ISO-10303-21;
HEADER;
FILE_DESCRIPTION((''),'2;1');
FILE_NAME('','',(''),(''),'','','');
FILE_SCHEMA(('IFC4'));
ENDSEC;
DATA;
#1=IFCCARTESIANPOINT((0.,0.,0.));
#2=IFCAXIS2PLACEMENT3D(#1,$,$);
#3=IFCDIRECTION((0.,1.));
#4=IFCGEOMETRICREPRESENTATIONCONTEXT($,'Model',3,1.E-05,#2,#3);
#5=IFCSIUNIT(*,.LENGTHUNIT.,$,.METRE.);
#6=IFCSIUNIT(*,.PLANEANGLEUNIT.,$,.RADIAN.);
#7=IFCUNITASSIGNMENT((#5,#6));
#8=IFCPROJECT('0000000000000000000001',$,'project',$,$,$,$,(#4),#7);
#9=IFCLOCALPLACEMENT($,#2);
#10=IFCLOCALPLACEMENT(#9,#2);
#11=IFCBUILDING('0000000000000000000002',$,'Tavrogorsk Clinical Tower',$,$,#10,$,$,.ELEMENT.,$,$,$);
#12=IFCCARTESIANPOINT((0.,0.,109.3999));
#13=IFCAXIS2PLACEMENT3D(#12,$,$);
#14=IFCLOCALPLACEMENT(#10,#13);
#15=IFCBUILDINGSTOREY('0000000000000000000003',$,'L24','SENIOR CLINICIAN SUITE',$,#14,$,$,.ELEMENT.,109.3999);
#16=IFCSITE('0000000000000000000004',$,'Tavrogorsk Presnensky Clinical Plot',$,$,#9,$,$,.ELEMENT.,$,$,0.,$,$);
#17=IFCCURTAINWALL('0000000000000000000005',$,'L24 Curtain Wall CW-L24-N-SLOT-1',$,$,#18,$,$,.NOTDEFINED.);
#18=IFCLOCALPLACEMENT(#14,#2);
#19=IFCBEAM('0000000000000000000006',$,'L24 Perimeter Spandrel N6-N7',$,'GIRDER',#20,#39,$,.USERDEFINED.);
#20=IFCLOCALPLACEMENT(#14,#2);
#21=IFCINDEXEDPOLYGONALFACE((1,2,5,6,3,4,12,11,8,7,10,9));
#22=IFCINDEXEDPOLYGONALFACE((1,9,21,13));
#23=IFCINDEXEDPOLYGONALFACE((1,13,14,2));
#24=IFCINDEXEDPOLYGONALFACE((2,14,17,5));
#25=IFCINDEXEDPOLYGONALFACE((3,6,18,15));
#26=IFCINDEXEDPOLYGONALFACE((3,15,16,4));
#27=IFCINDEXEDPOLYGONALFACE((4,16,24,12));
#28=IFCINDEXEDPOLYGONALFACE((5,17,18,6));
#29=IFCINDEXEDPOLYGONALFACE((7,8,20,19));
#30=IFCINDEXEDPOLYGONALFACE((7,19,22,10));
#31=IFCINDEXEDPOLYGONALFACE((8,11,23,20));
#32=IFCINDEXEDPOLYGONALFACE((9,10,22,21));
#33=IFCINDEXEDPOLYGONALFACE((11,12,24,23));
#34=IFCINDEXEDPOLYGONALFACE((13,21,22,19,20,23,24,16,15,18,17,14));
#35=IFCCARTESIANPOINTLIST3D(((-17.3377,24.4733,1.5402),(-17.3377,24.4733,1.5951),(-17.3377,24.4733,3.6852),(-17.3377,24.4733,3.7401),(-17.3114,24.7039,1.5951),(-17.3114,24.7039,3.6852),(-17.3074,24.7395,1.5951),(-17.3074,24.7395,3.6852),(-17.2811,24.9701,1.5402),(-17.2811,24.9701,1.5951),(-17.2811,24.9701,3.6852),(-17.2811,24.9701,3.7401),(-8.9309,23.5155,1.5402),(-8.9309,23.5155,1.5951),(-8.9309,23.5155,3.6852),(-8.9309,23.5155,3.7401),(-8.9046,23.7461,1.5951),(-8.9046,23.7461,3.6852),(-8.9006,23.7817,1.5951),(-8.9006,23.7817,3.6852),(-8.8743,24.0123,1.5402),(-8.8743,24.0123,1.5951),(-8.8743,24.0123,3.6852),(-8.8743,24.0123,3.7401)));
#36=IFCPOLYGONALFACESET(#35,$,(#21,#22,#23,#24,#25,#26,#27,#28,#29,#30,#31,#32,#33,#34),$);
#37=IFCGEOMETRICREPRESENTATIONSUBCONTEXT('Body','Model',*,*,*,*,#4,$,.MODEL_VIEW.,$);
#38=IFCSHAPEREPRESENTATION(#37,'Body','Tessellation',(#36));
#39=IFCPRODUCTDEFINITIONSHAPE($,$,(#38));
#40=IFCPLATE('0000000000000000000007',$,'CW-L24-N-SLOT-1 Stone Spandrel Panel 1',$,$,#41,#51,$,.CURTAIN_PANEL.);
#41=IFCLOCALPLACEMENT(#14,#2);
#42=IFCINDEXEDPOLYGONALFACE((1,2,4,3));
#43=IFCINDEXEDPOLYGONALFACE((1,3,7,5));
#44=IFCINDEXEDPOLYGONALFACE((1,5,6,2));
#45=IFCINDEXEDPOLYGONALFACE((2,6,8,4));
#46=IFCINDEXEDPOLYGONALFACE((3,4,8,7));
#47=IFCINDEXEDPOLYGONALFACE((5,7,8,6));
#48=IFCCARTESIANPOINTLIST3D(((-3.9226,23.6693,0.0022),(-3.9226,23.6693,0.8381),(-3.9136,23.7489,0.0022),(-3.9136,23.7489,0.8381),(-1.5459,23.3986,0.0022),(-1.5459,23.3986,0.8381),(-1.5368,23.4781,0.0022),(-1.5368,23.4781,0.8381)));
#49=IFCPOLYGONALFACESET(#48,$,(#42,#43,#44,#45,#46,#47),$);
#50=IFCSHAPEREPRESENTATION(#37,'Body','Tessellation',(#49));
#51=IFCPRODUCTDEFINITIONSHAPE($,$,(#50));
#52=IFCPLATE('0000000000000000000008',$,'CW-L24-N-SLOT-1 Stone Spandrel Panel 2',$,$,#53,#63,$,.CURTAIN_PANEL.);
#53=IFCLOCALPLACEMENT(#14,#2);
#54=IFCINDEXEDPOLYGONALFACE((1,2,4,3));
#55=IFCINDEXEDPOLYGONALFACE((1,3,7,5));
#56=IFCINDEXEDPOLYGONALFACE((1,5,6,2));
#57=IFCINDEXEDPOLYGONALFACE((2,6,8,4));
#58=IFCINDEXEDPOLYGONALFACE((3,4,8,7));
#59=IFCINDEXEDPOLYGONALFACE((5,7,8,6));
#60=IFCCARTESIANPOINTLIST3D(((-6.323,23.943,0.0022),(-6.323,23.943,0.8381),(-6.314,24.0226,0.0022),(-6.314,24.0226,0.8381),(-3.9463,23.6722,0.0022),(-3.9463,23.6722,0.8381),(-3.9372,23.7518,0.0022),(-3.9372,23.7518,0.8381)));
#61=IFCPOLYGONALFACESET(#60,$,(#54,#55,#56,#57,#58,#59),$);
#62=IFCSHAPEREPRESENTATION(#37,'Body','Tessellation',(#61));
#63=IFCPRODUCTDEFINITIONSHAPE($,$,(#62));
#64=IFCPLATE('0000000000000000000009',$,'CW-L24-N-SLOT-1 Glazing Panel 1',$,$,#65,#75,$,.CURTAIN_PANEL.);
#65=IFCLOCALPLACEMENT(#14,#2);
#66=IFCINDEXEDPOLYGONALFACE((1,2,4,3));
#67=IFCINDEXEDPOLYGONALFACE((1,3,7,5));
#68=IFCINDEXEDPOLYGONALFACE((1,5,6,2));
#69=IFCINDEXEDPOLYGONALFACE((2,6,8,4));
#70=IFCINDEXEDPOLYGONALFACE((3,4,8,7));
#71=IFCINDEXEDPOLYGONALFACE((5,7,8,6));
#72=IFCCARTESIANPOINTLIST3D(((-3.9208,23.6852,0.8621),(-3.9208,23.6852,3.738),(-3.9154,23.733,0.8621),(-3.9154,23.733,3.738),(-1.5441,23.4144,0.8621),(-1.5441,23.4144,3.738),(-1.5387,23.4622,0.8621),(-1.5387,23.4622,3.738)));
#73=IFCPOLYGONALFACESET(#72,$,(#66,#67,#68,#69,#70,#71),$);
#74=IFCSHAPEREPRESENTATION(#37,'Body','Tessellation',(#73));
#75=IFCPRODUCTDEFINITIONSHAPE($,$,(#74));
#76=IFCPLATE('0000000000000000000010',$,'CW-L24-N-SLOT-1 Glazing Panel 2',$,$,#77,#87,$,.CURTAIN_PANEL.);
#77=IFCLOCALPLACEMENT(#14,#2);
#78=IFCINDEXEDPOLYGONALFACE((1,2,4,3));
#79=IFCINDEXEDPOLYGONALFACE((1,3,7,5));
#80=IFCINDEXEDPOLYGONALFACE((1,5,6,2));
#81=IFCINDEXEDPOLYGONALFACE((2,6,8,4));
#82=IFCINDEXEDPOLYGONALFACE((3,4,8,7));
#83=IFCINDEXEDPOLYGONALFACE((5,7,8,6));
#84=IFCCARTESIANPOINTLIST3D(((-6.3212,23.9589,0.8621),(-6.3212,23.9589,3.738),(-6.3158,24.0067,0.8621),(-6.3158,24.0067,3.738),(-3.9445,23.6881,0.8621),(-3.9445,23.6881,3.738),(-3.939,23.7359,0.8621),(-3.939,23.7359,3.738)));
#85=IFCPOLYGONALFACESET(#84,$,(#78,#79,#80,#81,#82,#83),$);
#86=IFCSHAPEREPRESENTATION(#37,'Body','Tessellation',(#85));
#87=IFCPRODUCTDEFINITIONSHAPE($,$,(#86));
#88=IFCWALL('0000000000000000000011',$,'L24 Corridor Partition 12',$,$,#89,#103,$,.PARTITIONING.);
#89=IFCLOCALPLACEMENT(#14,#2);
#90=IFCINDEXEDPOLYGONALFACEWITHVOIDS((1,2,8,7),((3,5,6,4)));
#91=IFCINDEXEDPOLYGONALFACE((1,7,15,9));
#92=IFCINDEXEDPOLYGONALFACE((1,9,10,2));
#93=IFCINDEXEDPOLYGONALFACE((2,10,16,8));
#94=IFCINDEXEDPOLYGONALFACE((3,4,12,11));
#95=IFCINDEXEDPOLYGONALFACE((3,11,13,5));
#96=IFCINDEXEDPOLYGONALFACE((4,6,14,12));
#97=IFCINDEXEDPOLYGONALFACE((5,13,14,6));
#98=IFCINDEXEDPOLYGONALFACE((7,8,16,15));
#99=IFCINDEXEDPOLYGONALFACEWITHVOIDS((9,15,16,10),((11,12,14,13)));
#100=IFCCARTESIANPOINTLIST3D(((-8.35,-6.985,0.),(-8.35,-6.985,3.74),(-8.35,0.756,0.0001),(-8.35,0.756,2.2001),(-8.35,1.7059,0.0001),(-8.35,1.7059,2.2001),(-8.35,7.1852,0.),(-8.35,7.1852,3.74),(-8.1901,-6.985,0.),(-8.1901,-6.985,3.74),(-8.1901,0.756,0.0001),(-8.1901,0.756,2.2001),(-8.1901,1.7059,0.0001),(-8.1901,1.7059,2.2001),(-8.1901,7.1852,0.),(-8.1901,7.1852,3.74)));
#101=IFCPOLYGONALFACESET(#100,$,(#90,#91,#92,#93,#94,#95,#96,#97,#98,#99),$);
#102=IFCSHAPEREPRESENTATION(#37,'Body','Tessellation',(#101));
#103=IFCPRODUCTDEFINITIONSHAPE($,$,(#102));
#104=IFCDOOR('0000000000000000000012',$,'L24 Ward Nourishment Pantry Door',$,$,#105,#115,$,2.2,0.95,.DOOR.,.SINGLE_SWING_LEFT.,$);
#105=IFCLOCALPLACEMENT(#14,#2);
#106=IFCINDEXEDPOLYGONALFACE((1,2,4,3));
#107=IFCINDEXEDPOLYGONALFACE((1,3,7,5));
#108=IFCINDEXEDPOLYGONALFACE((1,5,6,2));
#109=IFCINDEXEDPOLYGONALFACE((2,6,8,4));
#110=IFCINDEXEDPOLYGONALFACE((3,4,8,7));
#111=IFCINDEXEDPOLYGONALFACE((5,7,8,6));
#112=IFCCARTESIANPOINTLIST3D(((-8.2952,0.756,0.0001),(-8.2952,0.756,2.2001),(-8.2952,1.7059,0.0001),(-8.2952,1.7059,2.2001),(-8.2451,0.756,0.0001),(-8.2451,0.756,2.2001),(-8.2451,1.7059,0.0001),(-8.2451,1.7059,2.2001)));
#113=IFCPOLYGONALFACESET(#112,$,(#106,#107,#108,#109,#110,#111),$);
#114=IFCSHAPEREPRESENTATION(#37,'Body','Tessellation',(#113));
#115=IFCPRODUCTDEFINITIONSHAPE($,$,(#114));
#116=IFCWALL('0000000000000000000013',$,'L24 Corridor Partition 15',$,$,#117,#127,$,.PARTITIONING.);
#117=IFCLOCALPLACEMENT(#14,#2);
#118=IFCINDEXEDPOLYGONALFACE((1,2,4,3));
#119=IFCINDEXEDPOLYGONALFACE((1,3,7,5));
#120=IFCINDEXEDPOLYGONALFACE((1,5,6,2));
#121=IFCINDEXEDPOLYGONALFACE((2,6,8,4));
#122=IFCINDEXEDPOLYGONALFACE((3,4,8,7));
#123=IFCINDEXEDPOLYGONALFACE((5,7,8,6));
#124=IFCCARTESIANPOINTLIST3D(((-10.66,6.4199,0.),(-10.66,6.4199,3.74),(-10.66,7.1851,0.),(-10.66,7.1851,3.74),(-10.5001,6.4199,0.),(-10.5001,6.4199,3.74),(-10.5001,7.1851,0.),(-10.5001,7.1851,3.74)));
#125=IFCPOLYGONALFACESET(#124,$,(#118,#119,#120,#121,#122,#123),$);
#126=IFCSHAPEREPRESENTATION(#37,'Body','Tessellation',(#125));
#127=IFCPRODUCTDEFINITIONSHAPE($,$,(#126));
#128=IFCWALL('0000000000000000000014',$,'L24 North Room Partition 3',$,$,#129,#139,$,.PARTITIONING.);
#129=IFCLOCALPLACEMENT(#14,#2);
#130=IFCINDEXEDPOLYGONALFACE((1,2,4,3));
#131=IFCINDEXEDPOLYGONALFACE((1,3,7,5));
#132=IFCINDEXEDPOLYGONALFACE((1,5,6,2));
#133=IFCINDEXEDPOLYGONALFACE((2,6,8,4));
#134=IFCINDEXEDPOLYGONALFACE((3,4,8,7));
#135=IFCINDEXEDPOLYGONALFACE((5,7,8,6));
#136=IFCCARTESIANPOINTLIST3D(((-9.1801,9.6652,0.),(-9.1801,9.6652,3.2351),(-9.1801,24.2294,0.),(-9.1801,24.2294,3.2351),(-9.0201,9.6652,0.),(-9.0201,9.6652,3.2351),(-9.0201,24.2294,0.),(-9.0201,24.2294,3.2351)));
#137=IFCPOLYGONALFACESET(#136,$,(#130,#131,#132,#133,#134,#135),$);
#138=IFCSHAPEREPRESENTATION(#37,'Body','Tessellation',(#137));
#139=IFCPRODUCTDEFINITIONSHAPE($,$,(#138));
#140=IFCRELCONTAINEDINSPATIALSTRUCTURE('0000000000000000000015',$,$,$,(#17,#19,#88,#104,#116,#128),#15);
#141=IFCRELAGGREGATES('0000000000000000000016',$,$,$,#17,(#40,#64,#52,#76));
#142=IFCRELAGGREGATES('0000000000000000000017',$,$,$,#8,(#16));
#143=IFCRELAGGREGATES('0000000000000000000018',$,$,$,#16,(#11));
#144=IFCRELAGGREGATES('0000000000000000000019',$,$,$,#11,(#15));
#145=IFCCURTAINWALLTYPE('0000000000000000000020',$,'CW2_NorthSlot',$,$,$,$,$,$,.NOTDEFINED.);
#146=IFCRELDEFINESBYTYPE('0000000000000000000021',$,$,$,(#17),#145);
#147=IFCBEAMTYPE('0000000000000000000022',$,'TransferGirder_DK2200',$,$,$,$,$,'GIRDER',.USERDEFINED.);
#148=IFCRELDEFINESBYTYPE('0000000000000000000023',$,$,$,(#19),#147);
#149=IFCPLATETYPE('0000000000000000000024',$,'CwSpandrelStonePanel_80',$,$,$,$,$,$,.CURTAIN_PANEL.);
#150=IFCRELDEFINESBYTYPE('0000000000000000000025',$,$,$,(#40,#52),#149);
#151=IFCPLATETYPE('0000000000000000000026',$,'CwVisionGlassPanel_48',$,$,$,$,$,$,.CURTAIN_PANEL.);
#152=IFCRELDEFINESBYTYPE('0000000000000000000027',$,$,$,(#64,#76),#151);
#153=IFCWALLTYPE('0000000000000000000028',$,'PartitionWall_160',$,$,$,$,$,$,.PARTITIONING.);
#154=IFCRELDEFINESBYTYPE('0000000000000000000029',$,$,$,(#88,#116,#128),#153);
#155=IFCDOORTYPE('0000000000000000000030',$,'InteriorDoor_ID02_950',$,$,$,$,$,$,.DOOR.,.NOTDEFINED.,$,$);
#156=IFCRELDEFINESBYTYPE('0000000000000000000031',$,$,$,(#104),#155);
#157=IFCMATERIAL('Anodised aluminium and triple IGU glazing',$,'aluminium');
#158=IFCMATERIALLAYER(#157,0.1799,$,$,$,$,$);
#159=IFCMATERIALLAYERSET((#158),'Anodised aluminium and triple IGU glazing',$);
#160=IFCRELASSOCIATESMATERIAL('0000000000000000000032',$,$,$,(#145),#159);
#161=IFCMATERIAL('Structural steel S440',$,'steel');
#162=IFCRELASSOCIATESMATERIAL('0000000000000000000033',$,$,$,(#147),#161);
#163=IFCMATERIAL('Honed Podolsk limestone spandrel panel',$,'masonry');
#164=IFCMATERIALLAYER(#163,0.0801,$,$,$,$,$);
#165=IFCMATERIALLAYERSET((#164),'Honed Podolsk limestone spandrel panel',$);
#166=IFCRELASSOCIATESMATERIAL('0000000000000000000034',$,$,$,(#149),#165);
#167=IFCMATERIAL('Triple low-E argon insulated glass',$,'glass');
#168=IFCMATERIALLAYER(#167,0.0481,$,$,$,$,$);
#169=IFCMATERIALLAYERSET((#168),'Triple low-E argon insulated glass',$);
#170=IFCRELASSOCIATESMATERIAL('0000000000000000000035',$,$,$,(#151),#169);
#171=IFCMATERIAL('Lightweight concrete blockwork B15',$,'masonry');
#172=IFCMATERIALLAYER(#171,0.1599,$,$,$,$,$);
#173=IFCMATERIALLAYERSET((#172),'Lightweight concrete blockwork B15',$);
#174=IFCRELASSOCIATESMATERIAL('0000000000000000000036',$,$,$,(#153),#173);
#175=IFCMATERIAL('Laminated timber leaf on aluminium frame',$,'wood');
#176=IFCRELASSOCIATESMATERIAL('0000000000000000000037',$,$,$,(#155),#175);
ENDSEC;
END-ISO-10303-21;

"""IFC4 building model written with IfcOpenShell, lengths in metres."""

from ifc_helpers import new_model, si_unit, direction, frame, frame_2d, origin, origin_2d, place, context, subcontext, project, spatial, rectangle, i_section, extrude, material, layer, layer_set, material_profile, profile_set, type_object, element, fill, aggregate, save


model = new_model("IFC4")

# Units and contexts
model_context = context("Model", 3, precision=1e-05, world=origin(), true_north=direction((0.0, 1.0)))
body_context = subcontext(model_context, "Body", "Model", "MODEL_VIEW")
ifc_project = project(units=[si_unit("LENGTHUNIT", "METRE"), si_unit("PLANEANGLEUNIT", "RADIAN")], contexts=[model_context])

# Site, building, storey
site_placement = place(None, origin())
site = spatial("IfcSite", under=ifc_project, at=site_placement, Name="Tavrogorsk Presnensky Clinical Plot", CompositionType="ELEMENT", RefElevation=0.0)
building_placement = place(site_placement, origin())
building = spatial("IfcBuilding", under=site, at=building_placement, Name="Tavrogorsk Clinical Tower", CompositionType="ELEMENT")
storey_placement = place(building_placement, frame((0.0, 0.0, 109.3999)))
storey = spatial("IfcBuildingStorey", under=building, at=storey_placement, Name="L24", Description="SENIOR CLINICIAN SUITE", CompositionType="ELEMENT", Elevation=109.3999)

# Curtain wall
ifc_material_1 = material(Name="Anodised aluminium and triple IGU glazing", Category="aluminium")
ifc_layer_1 = layer(ifc_material_1, 0.1799)
ifc_layer_set_1 = layer_set([ifc_layer_1], Name="Anodised aluminium and triple IGU glazing")
curtain_wall_type = type_object("IfcCurtainWallType", Name="CW2_NorthSlot", PredefinedType="NOTDEFINED", material=ifc_layer_set_1)
curtain_wall_placement = place(storey_placement, origin())
curtain_wall = element("IfcCurtainWall", 1, at=curtain_wall_placement, inside=storey, type_object=curtain_wall_type, Name="L24 Curtain Wall CW-L24-N-SLOT-1", PredefinedType="NOTDEFINED")

# Beam
ifc_material_2 = material(Name="Structural steel S440", Category="steel")
ifc_material_profile_1 = material_profile(ifc_material_2, i_section(OverallWidth=0.5, OverallDepth=2.2, WebThickness=0.0359, FlangeThickness=0.0549, at=origin_2d()), Name="DK-2200x500x36x55")
ifc_profile_set_1 = profile_set([ifc_material_profile_1], Name="Structural steel S440")
beam_type_1 = type_object("IfcBeamType", Name="TransferGirder_DK2200", ElementType="GIRDER", PredefinedType="USERDEFINED", material=ifc_profile_set_1)
beam_1_placement = place(storey_placement, frame((-8.9026, 23.7639, 2.6401), z_axis=(-0.993573, 0.113196, 0.0), x_axis=(-0.113196, -0.993573, 0.0)))
element("IfcBeam", 2, at=beam_1_placement, inside=storey, type_object=beam_type_1, Name="L24 Perimeter Spandrel N6-N7", ObjectType="GIRDER", PredefinedType="USERDEFINED", context=body_context, shape_type="SweptSolid", body=[
    extrude(i_section(OverallWidth=0.5, OverallDepth=2.2, WebThickness=0.0359, FlangeThickness=0.0549, at=origin_2d()), origin(), (0.0, 0.0, 1.0), 8.4612),
])

# Plates
ifc_material_3 = material(Name="Honed Podolsk limestone spandrel panel", Category="masonry")
ifc_layer_2 = layer(ifc_material_3, 0.0801)
ifc_layer_set_2 = layer_set([ifc_layer_2], Name="Honed Podolsk limestone spandrel panel")
plate_type_1 = type_object("IfcPlateType", Name="CwSpandrelStonePanel_80", PredefinedType="CURTAIN_PANEL", material=ifc_layer_set_2)
plate_1_placement = place(storey_placement, frame((-2.7297, 23.5737, 0.0022), z_axis=(0.0, 0.0, 1.0), x_axis=(-0.993572, 0.113203, 0.0)))
plate_1 = element("IfcPlate", 3, at=plate_1_placement, type_object=plate_type_1, Name="CW-L24-N-SLOT-1 Stone Spandrel Panel 1", PredefinedType="CURTAIN_PANEL", context=body_context, shape_type="SweptSolid", body=[
    extrude(rectangle(XDim=2.3921, YDim=0.0801, at=origin_2d()), origin(), (0.0, 0.0, 1.0), 0.8359),
])
plate_2_placement = place(storey_placement, frame((-5.1301, 23.8474, 0.0022), z_axis=(0.0, 0.0, 1.0), x_axis=(-0.993572, 0.113203, 0.0)))
plate_2 = element("IfcPlate", 4, at=plate_2_placement, type_object=plate_type_1, Name="CW-L24-N-SLOT-1 Stone Spandrel Panel 2", PredefinedType="CURTAIN_PANEL", context=body_context, shape_type="SweptSolid", body=[
    extrude(rectangle(XDim=2.3921, YDim=0.0801, at=origin_2d()), origin(), (0.0, 0.0, 1.0), 0.8359),
])
ifc_material_4 = material(Name="Triple low-E argon insulated glass", Category="glass")
ifc_layer_3 = layer(ifc_material_4, 0.0481)
ifc_layer_set_3 = layer_set([ifc_layer_3], Name="Triple low-E argon insulated glass")
plate_type_2 = type_object("IfcPlateType", Name="CwVisionGlassPanel_48", PredefinedType="CURTAIN_PANEL", material=ifc_layer_set_3)
plate_3_placement = place(storey_placement, frame((-2.7297, 23.5737, 0.8621), z_axis=(0.0, 0.0, 1.0), x_axis=(-0.993572, 0.113203, 0.0)))
plate_3 = element("IfcPlate", 5, at=plate_3_placement, type_object=plate_type_2, Name="CW-L24-N-SLOT-1 Glazing Panel 1", PredefinedType="CURTAIN_PANEL", context=body_context, shape_type="SweptSolid", body=[
    extrude(rectangle(XDim=2.3921, YDim=0.0481, at=origin_2d()), origin(), (0.0, 0.0, 1.0), 2.876),
])
plate_4_placement = place(storey_placement, frame((-5.1301, 23.8474, 0.8621), z_axis=(0.0, 0.0, 1.0), x_axis=(-0.993572, 0.113203, 0.0)))
plate_4 = element("IfcPlate", 6, at=plate_4_placement, type_object=plate_type_2, Name="CW-L24-N-SLOT-1 Glazing Panel 2", PredefinedType="CURTAIN_PANEL", context=body_context, shape_type="SweptSolid", body=[
    extrude(rectangle(XDim=2.3921, YDim=0.0481, at=origin_2d()), origin(), (0.0, 0.0, 1.0), 2.876),
])
aggregate(curtain_wall, [plate_1, plate_3, plate_2, plate_4])

# Wall, opening, door
ifc_material_5 = material(Name="Lightweight concrete blockwork B15", Category="masonry")
ifc_layer_4 = layer(ifc_material_5, 0.1599)
ifc_layer_set_4 = layer_set([ifc_layer_4], Name="Lightweight concrete blockwork B15")
wall_type_1 = type_object("IfcWallType", Name="PartitionWall_160", PredefinedType="PARTITIONING", material=ifc_layer_set_4)
wall_1_placement = place(storey_placement, frame((-8.27, 7.1851, 0.0), z_axis=(0.0, 0.0, 1.0), x_axis=(0.0, -1.0, 0.0)))
wall_1 = element("IfcWall", 7, at=wall_1_placement, inside=storey, type_object=wall_type_1, Name="L24 Corridor Partition 12", PredefinedType="PARTITIONING", context=body_context, shape_type="SweptSolid", body=[
    extrude(rectangle(XDim=14.1702, YDim=0.1599, at=frame_2d((7.085, 0.0))), origin(), (0.0, 0.0, 1.0), 3.74),
])
opening_1_placement = place(wall_1_placement, frame((5.479, 0.0, 0.0)))
opening_1 = element("IfcOpeningElement", 8, at=opening_1_placement, cuts=wall_1, PredefinedType="OPENING", context=body_context, shape_type="SweptSolid", body=[
    extrude(rectangle(XDim=0.95, YDim=2.2, at=frame_2d((0.4751, 1.1001))), frame((0.0, 0.0898, 0.0), z_axis=(0.0, -1.0, 0.0), x_axis=(1.0, 0.0, 0.0)), (0.0, 0.0, 1.0), 0.1799),
])
ifc_material_6 = material(Name="Laminated timber leaf on aluminium frame", Category="wood")
door_type = type_object("IfcDoorType", Name="InteriorDoor_ID02_950", OperationType="NOTDEFINED", PredefinedType="DOOR", material=ifc_material_6)
door_placement = place(opening_1_placement, origin())
door = element("IfcDoor", 9, at=door_placement, inside=storey, type_object=door_type, Name="L24 Ward Nourishment Pantry Door", OperationType="SINGLE_SWING_LEFT", OverallHeight=2.2, OverallWidth=0.95, PredefinedType="DOOR", context=body_context, shape_type="SweptSolid", body=[
    extrude(rectangle(XDim=0.95, YDim=2.2, at=frame_2d((0.4751, 1.1001))), frame((0.0, 0.0249, 0.0), z_axis=(0.0, -1.0, 0.0), x_axis=(1.0, 0.0, 0.0)), (0.0, 0.0, 1.0), 0.05),
])
fill(opening_1, door)

# Walls
wall_2_placement = place(storey_placement, frame((-10.5801, 6.4199, 0.0), z_axis=(0.0, 0.0, 1.0), x_axis=(0.0, 1.0, 0.0)))
element("IfcWall", 10, at=wall_2_placement, inside=storey, type_object=wall_type_1, Name="L24 Corridor Partition 15", PredefinedType="PARTITIONING", context=body_context, shape_type="SweptSolid", body=[
    extrude(rectangle(XDim=0.7651, YDim=0.1599, at=frame_2d((0.3826, 0.0))), origin(), (0.0, 0.0, 1.0), 3.74),
])
wall_3_placement = place(storey_placement, frame((-9.1001, 9.665, 0.0), z_axis=(0.0, 0.0, 1.0), x_axis=(0.0, 1.0, 0.0)))
element("IfcWall", 11, at=wall_3_placement, inside=storey, type_object=wall_type_1, Name="L24 North Room Partition 3", PredefinedType="PARTITIONING", context=body_context, shape_type="SweptSolid", body=[
    extrude(rectangle(XDim=14.5642, YDim=0.1599, at=frame_2d((7.2822, 0.0))), origin(), (0.0, 0.0, 1.0), 3.2351),
])

save(model, "model.ifc")
